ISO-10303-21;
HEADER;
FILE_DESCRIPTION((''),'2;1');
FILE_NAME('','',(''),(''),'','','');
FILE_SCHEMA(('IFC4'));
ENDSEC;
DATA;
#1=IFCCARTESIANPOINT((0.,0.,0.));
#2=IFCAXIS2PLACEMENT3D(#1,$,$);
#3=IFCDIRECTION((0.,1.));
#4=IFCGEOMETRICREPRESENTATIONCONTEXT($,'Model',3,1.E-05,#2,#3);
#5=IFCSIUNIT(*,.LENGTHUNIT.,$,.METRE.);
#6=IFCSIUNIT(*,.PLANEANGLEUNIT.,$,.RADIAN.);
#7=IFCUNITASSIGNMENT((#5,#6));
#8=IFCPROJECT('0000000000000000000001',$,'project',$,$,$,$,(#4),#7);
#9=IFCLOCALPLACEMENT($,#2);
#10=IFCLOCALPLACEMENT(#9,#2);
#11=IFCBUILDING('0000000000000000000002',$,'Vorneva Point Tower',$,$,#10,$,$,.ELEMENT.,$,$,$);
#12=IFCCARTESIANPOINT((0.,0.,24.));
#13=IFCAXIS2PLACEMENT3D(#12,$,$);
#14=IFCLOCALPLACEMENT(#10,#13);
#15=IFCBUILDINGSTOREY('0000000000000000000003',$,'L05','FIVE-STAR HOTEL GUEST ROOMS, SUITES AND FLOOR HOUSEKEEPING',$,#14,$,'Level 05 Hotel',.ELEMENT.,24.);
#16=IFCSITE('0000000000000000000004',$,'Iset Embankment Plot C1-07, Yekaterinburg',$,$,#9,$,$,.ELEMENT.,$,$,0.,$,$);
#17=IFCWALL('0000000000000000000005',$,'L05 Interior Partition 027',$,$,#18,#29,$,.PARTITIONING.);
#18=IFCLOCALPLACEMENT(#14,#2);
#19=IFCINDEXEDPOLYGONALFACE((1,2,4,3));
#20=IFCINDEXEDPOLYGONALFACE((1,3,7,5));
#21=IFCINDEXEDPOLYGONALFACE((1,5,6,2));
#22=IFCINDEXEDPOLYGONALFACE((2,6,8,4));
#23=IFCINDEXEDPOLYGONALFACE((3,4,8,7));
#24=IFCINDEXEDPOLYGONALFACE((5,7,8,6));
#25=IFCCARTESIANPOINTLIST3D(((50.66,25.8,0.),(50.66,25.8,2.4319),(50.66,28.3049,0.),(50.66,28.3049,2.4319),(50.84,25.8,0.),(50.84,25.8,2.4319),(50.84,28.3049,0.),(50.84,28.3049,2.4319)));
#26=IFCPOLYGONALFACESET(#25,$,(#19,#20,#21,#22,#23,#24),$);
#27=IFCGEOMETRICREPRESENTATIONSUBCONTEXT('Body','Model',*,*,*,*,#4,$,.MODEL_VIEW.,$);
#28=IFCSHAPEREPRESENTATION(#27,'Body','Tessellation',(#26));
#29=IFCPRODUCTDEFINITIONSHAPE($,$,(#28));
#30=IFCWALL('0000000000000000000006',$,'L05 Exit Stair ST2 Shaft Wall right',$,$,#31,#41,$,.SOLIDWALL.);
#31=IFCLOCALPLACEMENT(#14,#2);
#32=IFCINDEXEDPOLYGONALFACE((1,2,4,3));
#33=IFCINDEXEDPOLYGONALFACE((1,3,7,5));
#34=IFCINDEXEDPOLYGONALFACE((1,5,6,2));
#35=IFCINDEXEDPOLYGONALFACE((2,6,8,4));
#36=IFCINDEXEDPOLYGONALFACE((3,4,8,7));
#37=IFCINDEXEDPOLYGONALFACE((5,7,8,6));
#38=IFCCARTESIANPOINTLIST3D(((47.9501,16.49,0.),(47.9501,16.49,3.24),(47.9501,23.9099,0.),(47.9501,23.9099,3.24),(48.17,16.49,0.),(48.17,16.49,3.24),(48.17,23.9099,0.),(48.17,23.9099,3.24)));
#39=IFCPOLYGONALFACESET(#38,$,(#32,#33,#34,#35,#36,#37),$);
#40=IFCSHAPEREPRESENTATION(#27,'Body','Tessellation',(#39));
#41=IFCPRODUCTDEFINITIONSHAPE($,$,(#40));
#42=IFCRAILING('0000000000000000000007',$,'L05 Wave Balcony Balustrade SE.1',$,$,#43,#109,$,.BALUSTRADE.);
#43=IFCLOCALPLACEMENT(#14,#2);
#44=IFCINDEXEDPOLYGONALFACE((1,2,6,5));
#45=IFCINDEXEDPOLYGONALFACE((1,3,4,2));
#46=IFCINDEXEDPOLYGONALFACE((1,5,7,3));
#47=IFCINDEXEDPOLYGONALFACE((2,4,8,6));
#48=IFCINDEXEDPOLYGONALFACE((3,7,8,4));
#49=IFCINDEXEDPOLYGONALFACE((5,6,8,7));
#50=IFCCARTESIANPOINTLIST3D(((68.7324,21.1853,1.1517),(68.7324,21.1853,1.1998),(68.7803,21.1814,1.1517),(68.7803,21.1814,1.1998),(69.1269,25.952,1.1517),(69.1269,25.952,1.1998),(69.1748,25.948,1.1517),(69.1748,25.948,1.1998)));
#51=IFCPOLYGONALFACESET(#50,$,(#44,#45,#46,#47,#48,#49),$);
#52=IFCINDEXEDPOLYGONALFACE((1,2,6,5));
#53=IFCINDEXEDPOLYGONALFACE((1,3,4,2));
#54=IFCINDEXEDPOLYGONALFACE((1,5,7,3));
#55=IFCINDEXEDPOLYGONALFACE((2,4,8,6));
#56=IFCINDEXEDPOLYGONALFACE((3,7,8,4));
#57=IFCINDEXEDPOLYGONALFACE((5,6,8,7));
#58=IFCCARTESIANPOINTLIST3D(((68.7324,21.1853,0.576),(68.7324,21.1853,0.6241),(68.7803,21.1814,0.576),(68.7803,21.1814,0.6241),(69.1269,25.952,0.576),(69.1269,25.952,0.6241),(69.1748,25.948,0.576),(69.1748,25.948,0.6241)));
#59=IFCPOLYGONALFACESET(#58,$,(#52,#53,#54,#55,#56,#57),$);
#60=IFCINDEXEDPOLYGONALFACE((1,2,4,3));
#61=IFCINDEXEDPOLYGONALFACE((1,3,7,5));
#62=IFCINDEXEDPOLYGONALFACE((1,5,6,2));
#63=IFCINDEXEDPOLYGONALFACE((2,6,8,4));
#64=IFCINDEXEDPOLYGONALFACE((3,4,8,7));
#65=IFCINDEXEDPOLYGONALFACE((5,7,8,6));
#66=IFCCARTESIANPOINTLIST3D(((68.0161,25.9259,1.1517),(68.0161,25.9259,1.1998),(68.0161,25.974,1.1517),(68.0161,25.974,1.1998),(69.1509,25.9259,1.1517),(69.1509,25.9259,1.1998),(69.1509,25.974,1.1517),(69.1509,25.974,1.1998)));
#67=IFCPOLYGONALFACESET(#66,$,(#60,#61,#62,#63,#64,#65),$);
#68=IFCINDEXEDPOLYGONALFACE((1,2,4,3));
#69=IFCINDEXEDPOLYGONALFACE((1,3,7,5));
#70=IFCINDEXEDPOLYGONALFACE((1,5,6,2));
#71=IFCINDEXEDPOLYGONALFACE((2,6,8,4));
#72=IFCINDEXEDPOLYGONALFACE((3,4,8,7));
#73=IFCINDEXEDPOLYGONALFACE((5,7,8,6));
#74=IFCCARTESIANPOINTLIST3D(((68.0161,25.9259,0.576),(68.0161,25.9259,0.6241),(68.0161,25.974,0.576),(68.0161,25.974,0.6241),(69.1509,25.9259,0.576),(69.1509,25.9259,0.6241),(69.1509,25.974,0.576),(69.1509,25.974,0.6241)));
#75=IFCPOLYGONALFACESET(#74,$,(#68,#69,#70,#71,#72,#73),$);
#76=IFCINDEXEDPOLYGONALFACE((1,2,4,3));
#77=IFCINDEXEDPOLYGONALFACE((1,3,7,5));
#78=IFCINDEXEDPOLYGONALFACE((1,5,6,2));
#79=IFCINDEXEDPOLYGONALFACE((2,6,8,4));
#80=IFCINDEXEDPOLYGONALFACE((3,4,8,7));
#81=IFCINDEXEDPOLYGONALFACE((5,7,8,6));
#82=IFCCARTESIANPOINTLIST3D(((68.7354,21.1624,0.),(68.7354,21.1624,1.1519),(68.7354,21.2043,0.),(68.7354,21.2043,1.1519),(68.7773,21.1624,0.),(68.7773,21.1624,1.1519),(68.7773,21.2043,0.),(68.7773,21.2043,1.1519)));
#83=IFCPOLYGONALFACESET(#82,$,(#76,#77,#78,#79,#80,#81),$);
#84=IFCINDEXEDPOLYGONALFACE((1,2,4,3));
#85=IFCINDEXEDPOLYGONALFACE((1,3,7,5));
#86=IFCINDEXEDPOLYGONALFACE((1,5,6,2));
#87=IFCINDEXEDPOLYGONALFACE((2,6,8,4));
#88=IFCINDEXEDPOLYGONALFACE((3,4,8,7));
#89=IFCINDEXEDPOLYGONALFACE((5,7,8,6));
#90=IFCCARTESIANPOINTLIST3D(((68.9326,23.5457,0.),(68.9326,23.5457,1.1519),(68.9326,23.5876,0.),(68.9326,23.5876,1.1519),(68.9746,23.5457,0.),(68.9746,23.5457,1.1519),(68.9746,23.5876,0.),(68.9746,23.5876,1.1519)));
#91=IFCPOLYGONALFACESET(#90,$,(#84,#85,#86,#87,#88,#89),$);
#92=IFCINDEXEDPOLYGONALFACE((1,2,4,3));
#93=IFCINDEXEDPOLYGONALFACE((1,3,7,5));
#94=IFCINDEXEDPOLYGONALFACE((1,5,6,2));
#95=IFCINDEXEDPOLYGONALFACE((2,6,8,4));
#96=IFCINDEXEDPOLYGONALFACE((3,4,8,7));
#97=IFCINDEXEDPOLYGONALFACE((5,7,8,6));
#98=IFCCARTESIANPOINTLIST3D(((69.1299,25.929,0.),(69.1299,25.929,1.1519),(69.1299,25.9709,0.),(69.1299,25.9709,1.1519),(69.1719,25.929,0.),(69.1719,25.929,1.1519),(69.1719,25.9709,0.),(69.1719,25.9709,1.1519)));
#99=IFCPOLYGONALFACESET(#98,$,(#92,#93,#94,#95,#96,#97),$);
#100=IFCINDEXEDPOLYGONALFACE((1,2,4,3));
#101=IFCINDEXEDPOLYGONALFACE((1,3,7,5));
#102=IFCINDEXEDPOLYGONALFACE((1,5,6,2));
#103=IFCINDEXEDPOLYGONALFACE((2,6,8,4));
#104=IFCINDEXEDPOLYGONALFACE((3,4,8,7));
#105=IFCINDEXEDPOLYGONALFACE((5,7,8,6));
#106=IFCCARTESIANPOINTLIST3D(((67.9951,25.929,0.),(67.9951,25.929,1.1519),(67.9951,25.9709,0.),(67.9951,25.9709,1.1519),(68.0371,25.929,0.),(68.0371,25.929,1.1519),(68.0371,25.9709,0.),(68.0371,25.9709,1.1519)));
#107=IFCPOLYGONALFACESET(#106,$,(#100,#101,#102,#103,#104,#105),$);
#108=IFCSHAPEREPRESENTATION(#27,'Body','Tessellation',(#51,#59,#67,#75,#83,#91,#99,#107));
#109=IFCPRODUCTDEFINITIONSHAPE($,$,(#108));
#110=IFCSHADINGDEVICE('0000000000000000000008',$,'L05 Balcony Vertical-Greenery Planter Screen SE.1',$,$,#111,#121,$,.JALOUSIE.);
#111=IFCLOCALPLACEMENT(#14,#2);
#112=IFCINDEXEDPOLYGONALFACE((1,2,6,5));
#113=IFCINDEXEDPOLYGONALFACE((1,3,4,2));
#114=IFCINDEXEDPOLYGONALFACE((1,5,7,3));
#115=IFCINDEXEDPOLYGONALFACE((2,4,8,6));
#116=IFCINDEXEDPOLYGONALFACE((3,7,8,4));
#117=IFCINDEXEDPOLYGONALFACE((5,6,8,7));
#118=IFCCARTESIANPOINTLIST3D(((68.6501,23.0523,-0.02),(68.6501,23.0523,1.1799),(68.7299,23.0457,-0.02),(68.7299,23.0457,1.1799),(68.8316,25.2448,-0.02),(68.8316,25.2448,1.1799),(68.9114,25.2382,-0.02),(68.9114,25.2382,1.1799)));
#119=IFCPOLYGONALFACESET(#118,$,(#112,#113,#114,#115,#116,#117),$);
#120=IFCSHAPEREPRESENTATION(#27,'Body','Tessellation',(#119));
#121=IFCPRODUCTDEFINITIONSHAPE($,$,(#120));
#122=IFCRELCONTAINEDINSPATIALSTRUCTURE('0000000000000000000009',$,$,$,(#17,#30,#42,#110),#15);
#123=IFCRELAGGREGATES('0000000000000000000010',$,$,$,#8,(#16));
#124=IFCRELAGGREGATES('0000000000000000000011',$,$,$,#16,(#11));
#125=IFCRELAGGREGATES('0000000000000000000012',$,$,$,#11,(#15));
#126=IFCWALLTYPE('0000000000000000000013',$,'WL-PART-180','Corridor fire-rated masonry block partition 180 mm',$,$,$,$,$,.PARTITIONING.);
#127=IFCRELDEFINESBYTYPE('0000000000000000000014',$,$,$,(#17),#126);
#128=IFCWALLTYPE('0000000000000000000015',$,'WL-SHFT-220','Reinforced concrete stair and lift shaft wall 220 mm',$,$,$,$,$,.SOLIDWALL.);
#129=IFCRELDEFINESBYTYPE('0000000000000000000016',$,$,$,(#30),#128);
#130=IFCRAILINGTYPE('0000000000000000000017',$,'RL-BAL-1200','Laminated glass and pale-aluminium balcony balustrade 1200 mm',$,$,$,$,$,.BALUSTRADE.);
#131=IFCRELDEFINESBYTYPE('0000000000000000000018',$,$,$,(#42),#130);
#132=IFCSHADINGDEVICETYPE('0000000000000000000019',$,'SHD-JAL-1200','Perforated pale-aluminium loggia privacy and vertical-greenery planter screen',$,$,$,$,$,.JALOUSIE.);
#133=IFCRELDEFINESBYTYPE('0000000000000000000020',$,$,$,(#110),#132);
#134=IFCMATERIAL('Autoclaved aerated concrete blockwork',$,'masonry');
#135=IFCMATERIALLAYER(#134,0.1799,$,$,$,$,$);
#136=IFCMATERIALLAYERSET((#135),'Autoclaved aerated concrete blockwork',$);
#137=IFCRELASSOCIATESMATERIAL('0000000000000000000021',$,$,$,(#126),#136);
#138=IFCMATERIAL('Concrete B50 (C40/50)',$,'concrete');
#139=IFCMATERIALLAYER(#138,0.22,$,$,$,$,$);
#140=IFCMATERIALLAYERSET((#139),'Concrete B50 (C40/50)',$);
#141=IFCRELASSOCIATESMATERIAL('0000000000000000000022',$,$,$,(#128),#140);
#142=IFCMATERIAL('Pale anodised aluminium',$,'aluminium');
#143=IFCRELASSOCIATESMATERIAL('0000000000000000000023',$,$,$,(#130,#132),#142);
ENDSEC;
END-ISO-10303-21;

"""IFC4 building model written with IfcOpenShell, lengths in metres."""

from ifc_helpers import new_model, si_unit, direction, frame, frame_2d, origin, origin_2d, place, context, subcontext, project, spatial, rectangle, extrude, material, layer, layer_set, type_object, element, save


model = new_model("IFC4")

# Units and contexts
model_context = context("Model", 3, precision=1e-05, world=origin(), true_north=direction((0.0, 1.0)))
body_context = subcontext(model_context, "Body", "Model", "MODEL_VIEW")
ifc_project = project(units=[si_unit("LENGTHUNIT", "METRE"), si_unit("PLANEANGLEUNIT", "RADIAN")], contexts=[model_context])

# Site, building, storey
site_placement = place(None, origin())
site = spatial("IfcSite", under=ifc_project, at=site_placement, Name="Iset Embankment Plot C1-07, Yekaterinburg", CompositionType="ELEMENT", RefElevation=0.0)
building_placement = place(site_placement, origin())
building = spatial("IfcBuilding", under=site, at=building_placement, Name="Vorneva Point Tower", CompositionType="ELEMENT")
storey_placement = place(building_placement, frame((0.0, 0.0, 24.0)))
storey = spatial("IfcBuildingStorey", under=building, at=storey_placement, Name="L05", Description="FIVE-STAR HOTEL GUEST ROOMS, SUITES AND FLOOR HOUSEKEEPING", LongName="Level 05 Hotel", CompositionType="ELEMENT", Elevation=24.0)

# Shared definitions
ifc_material_1 = material(Name="Pale anodised aluminium", Category="aluminium")

# Shared definitions
ifc_material_2 = material(Name="Autoclaved aerated concrete blockwork", Category="masonry")
ifc_layer_1 = layer(ifc_material_2, 0.1799)
ifc_layer_set_1 = layer_set([ifc_layer_1], Name="Autoclaved aerated concrete blockwork")
wall_type_1 = type_object("IfcWallType", Name="WL-PART-180", Description="Corridor fire-rated masonry block partition 180 mm", PredefinedType="PARTITIONING", material=ifc_layer_set_1)

# Walls
wall_1_placement = place(storey_placement, frame((50.75, 25.8, 0.0), z_axis=(0.0, 0.0, 1.0), x_axis=(0.0, 1.0, 0.0)))
element("IfcWall", 1, at=wall_1_placement, inside=storey, type_object=wall_type_1, Name="L05 Interior Partition 027", PredefinedType="PARTITIONING", context=body_context, shape_type="SweptSolid", body=[
    extrude(rectangle(XDim=2.5049, YDim=0.1799, at=frame_2d((1.2524, 0.0))), origin(), (0.0, 0.0, 1.0), 2.4319),
])
ifc_material_3 = material(Name="Concrete B50 (C40/50)", Category="concrete")
ifc_layer_2 = layer(ifc_material_3, 0.22)
ifc_layer_set_2 = layer_set([ifc_layer_2], Name="Concrete B50 (C40/50)")
wall_type_2 = type_object("IfcWallType", Name="WL-SHFT-220", Description="Reinforced concrete stair and lift shaft wall 220 mm", PredefinedType="SOLIDWALL", material=ifc_layer_set_2)
wall_2_placement = place(storey_placement, frame((48.0601, 23.9099, 0.0), z_axis=(0.0, 0.0, 1.0), x_axis=(0.0, -1.0, 0.0)))
element("IfcWall", 2, at=wall_2_placement, inside=storey, type_object=wall_type_2, Name="L05 Exit Stair ST2 Shaft Wall right", PredefinedType="SOLIDWALL", context=body_context, shape_type="SweptSolid", body=[
    extrude(rectangle(XDim=7.4199, YDim=0.22, at=frame_2d((3.71, 0.0))), origin(), (0.0, 0.0, 1.0), 3.24),
])

# Railing
railing_type = type_object("IfcRailingType", Name="RL-BAL-1200", Description="Laminated glass and pale-aluminium balcony balustrade 1200 mm", PredefinedType="BALUSTRADE", material=ifc_material_1)
railing_placement = place(storey_placement, frame((68.7563, 21.1833, 0.0)))
element("IfcRailing", 3, at=railing_placement, inside=storey, type_object=railing_type, Name="L05 Wave Balcony Balustrade SE.1", PredefinedType="BALUSTRADE", context=body_context, shape_type="SweptSolid", body=[
    extrude(rectangle(XDim=0.0481, YDim=0.0481, at=origin_2d()), frame((0.0, 0.0, 1.1758), z_axis=(0.082488, 0.996592, 0.0), x_axis=(-0.996592, 0.082488, 0.0)), (0.0, 0.0, 1.0), 4.783),
    extrude(rectangle(XDim=0.0481, YDim=0.0481, at=origin_2d()), frame((0.0, 0.0, 0.6001), z_axis=(0.082488, 0.996592, 0.0), x_axis=(-0.996592, 0.082488, 0.0)), (0.0, 0.0, 1.0), 4.783),
    extrude(rectangle(XDim=0.0481, YDim=0.0481, at=origin_2d()), frame((0.3945, 4.7666, 1.1758), z_axis=(-1.0, 0.0, 0.0), x_axis=(0.0, -1.0, 0.0)), (0.0, 0.0, 1.0), 1.1348),
    extrude(rectangle(XDim=0.0481, YDim=0.0481, at=origin_2d()), frame((0.3945, 4.7666, 0.6001), z_axis=(-1.0, 0.0, 0.0), x_axis=(0.0, -1.0, 0.0)), (0.0, 0.0, 1.0), 1.1348),
    extrude(rectangle(XDim=0.042, YDim=0.042, at=origin_2d()), origin(), (0.0, 0.0, 1.0), 1.1519),
    extrude(rectangle(XDim=0.042, YDim=0.042, at=origin_2d()), frame((0.1973, 2.3833, 0.0)), (0.0, 0.0, 1.0), 1.1519),
    extrude(rectangle(XDim=0.042, YDim=0.042, at=origin_2d()), frame((0.3945, 4.7666, 0.0)), (0.0, 0.0, 1.0), 1.1519),
    extrude(rectangle(XDim=0.042, YDim=0.042, at=origin_2d()), frame((-0.7402, 4.7666, 0.0)), (0.0, 0.0, 1.0), 1.1519),
])

# Shading device
shading_device_type = type_object("IfcShadingDeviceType", Name="SHD-JAL-1200", Description="Perforated pale-aluminium loggia privacy and vertical-greenery planter screen", PredefinedType="JALOUSIE", material=ifc_material_1)
shading_device_placement = place(storey_placement, frame((68.7808, 24.1453, -0.02), z_axis=(0.0, 0.0, 1.0), x_axis=(0.082495, 0.996591, 0.0)))
element("IfcShadingDevice", 4, at=shading_device_placement, inside=storey, type_object=shading_device_type, Name="L05 Balcony Vertical-Greenery Planter Screen SE.1", PredefinedType="JALOUSIE", context=body_context, shape_type="SweptSolid", body=[
    extrude(rectangle(XDim=2.2, YDim=0.0801, at=origin_2d()), origin(), (0.0, 0.0, 1.0), 1.2),
])

save(model, "model.ifc")
